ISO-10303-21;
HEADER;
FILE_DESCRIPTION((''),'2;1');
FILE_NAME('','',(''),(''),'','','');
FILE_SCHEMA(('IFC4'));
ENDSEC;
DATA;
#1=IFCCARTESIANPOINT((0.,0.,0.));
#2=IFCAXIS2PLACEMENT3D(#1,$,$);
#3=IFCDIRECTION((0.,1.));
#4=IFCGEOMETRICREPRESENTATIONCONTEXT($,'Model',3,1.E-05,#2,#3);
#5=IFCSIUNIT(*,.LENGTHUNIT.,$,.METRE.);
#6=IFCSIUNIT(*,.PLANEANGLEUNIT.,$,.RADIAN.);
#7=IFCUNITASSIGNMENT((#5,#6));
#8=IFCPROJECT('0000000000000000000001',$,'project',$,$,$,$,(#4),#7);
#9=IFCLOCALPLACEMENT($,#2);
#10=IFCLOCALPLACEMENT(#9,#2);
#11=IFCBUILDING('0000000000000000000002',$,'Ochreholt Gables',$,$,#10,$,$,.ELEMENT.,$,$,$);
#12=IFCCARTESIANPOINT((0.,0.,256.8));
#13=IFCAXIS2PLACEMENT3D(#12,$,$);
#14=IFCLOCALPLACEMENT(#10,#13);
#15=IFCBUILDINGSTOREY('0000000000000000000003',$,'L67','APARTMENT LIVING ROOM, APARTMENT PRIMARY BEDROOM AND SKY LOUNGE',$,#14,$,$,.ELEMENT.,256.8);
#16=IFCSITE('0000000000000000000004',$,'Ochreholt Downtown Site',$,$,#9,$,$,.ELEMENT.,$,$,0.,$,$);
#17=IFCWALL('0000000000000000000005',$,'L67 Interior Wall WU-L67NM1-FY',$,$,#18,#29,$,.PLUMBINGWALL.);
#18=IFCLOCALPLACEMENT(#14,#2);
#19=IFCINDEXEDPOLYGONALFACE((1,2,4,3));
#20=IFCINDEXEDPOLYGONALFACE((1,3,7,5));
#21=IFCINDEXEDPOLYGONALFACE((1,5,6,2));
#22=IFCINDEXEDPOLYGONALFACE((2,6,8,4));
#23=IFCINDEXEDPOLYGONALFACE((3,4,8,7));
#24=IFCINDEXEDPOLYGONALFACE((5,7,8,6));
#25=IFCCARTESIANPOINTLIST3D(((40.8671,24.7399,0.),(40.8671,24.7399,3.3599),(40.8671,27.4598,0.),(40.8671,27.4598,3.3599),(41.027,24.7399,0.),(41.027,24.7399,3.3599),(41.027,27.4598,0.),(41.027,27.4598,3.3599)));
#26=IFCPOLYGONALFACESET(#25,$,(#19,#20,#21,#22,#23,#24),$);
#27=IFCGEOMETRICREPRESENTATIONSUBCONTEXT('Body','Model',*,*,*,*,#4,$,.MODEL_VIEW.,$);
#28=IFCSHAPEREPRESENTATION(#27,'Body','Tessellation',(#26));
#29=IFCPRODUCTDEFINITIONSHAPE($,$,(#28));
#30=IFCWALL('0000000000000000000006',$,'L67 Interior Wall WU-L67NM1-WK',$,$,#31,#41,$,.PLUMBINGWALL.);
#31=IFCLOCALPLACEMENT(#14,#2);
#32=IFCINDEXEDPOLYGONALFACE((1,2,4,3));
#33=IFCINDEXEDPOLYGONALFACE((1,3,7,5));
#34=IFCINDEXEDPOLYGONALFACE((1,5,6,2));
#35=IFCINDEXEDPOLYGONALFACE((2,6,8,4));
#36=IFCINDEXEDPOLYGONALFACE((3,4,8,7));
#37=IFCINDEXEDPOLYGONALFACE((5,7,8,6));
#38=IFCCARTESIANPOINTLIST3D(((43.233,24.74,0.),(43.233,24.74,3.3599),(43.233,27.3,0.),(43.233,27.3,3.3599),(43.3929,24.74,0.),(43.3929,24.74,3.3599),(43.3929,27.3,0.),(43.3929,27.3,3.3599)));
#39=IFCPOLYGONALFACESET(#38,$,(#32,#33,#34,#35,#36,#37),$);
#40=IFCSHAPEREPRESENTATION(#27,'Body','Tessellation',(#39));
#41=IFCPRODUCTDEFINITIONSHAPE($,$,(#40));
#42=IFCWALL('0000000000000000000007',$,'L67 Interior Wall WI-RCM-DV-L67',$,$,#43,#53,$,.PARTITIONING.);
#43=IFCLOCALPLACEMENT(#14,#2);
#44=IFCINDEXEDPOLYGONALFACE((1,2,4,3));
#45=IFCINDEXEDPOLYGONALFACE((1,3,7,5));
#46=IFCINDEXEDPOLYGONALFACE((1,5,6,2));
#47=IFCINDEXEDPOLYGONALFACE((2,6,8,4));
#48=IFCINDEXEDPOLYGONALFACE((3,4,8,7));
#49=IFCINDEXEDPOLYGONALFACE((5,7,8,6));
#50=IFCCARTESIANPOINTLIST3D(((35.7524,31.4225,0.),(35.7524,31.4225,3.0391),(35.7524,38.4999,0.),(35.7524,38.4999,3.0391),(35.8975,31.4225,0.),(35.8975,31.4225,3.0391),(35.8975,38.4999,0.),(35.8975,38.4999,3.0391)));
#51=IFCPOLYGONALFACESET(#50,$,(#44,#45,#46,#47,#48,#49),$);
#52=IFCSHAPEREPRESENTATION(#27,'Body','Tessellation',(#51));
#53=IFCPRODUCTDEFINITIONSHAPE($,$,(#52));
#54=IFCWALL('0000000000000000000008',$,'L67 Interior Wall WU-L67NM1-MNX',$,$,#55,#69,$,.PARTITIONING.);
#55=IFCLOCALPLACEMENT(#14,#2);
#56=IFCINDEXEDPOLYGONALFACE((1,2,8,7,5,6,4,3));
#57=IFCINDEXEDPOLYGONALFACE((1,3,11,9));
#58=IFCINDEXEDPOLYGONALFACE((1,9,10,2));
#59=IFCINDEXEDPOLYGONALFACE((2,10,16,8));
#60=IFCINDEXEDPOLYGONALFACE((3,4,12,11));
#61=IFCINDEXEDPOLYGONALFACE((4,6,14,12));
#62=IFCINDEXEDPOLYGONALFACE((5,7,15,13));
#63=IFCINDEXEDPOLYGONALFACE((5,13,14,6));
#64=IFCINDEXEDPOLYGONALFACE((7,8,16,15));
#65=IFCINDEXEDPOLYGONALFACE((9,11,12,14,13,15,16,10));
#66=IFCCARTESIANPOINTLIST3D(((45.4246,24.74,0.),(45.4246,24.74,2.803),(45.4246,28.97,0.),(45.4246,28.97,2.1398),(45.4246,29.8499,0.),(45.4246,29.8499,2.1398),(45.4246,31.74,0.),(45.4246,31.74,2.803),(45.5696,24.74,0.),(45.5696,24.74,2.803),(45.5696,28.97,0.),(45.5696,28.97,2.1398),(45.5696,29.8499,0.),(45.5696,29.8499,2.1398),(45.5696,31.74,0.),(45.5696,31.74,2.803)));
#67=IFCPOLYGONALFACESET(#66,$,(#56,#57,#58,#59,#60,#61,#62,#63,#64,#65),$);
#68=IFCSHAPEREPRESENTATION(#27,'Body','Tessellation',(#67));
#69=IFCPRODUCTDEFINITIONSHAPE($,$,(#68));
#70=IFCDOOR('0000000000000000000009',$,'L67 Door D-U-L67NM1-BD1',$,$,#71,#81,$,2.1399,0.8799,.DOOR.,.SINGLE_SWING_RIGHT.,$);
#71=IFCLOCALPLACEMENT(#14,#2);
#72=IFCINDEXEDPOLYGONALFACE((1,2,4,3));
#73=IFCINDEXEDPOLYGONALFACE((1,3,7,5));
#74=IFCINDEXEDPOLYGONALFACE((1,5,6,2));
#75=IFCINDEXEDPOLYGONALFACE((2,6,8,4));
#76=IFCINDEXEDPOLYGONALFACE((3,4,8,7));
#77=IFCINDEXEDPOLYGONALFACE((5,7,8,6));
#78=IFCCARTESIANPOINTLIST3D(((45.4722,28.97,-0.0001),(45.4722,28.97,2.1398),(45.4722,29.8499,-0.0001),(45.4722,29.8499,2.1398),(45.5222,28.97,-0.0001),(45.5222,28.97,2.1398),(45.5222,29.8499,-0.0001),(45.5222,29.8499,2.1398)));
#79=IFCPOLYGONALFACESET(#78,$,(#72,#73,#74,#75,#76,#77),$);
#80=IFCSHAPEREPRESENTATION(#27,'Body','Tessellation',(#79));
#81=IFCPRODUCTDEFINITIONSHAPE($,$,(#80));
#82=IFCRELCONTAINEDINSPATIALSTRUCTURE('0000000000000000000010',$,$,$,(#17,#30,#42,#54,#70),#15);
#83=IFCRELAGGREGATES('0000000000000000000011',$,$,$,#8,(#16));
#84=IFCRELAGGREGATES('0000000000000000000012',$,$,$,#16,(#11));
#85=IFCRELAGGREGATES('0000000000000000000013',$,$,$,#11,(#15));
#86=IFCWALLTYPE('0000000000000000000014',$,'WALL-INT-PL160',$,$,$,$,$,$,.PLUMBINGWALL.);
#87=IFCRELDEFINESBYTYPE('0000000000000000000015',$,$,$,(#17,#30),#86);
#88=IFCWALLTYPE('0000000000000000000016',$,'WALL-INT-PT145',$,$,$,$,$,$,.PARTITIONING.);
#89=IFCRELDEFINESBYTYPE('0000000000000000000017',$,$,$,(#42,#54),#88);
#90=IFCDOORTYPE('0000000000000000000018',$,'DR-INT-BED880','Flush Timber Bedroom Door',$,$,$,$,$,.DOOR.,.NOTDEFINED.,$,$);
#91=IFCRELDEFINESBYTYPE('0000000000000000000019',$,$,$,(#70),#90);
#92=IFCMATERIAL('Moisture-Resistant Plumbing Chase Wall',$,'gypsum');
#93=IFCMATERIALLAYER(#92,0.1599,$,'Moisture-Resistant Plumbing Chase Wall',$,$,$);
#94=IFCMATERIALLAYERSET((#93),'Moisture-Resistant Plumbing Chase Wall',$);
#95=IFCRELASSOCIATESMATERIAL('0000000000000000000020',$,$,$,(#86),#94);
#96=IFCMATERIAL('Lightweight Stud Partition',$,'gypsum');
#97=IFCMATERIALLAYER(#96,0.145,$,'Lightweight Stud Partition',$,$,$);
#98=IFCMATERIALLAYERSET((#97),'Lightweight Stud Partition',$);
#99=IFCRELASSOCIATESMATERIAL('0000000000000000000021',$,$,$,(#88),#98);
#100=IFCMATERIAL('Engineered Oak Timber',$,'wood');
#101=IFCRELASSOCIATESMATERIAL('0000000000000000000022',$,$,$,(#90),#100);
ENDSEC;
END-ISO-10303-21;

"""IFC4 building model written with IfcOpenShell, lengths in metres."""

from ifc_helpers import new_model, si_unit, direction, frame, frame_2d, origin, place, context, subcontext, project, spatial, rectangle, extrude, material, layer, layer_set, type_object, element, fill, save


model = new_model("IFC4")

# Units and contexts
model_context = context("Model", 3, precision=1e-05, world=origin(), true_north=direction((0.0, 1.0)))
body_context = subcontext(model_context, "Body", "Model", "MODEL_VIEW")
ifc_project = project(units=[si_unit("LENGTHUNIT", "METRE"), si_unit("PLANEANGLEUNIT", "RADIAN")], contexts=[model_context])

# Site, building, storey
site_placement = place(None, origin())
site = spatial("IfcSite", under=ifc_project, at=site_placement, Name="Ochreholt Downtown Site", CompositionType="ELEMENT", RefElevation=0.0)
building_placement = place(site_placement, origin())
building = spatial("IfcBuilding", under=site, at=building_placement, Name="Ochreholt Gables", CompositionType="ELEMENT")
storey_placement = place(building_placement, frame((0.0, 0.0, 256.8)))
storey = spatial("IfcBuildingStorey", under=building, at=storey_placement, Name="L67", Description="APARTMENT LIVING ROOM, APARTMENT PRIMARY BEDROOM AND SKY LOUNGE", CompositionType="ELEMENT", Elevation=256.8)

# Shared definitions
ifc_material_1 = material(Name="Engineered Oak Timber", Category="wood")

# Shared definitions
ifc_material_2 = material(Name="Moisture-Resistant Plumbing Chase Wall", Category="gypsum")
ifc_layer_1 = layer(ifc_material_2, 0.1599, Name="Moisture-Resistant Plumbing Chase Wall")
ifc_layer_set_1 = layer_set([ifc_layer_1], Name="Moisture-Resistant Plumbing Chase Wall")
wall_type_1 = type_object("IfcWallType", Name="WALL-INT-PL160", PredefinedType="PLUMBINGWALL", material=ifc_layer_set_1)

# Walls
wall_1_placement = place(storey_placement, frame((40.947, 24.74, 0.0), z_axis=(0.0, 0.0, 1.0), x_axis=(0.0, 1.0, 0.0)))
element("IfcWall", 1, at=wall_1_placement, inside=storey, type_object=wall_type_1, Name="L67 Interior Wall WU-L67NM1-FY", PredefinedType="PLUMBINGWALL", context=body_context, shape_type="SweptSolid", body=[
    extrude(rectangle(XDim=2.72, YDim=0.1599, at=frame_2d((1.3599, 0.0))), origin(), (0.0, 0.0, 1.0), 3.3599),
])
wall_2_placement = place(storey_placement, frame((43.313, 24.74, 0.0), z_axis=(0.0, 0.0, 1.0), x_axis=(0.0, 1.0, 0.0)))
element("IfcWall", 2, at=wall_2_placement, inside=storey, type_object=wall_type_1, Name="L67 Interior Wall WU-L67NM1-WK", PredefinedType="PLUMBINGWALL", context=body_context, shape_type="SweptSolid", body=[
    extrude(rectangle(XDim=2.5601, YDim=0.1599, at=frame_2d((1.28, 0.0))), origin(), (0.0, 0.0, 1.0), 3.3599),
])
ifc_material_3 = material(Name="Lightweight Stud Partition", Category="gypsum")
ifc_layer_2 = layer(ifc_material_3, 0.145, Name="Lightweight Stud Partition")
ifc_layer_set_2 = layer_set([ifc_layer_2], Name="Lightweight Stud Partition")
wall_type_2 = type_object("IfcWallType", Name="WALL-INT-PT145", PredefinedType="PARTITIONING", material=ifc_layer_set_2)
wall_3_placement = place(storey_placement, frame((35.825, 31.4226, 0.0), z_axis=(0.0, 0.0, 1.0), x_axis=(0.0, 1.0, 0.0)))
element("IfcWall", 3, at=wall_3_placement, inside=storey, type_object=wall_type_2, Name="L67 Interior Wall WI-RCM-DV-L67", PredefinedType="PARTITIONING", context=body_context, shape_type="SweptSolid", body=[
    extrude(rectangle(XDim=7.0774, YDim=0.145, at=frame_2d((3.5386, 0.0))), origin(), (0.0, 0.0, 1.0), 3.0391),
])

# Wall, opening, door
wall_4_placement = place(storey_placement, frame((45.4971, 24.74, 0.0), z_axis=(0.0, 0.0, 1.0), x_axis=(0.0, 1.0, 0.0)))
wall_4 = element("IfcWall", 4, at=wall_4_placement, inside=storey, type_object=wall_type_2, Name="L67 Interior Wall WU-L67NM1-MNX", PredefinedType="PARTITIONING", context=body_context, shape_type="SweptSolid", body=[
    extrude(rectangle(XDim=7.0, YDim=0.145, at=frame_2d((3.5, 0.0))), origin(), (0.0, 0.0, 1.0), 2.803),
])
opening_1_placement = place(wall_4_placement, frame((4.23, 0.0, 0.0)))
opening_1 = element("IfcOpeningElement", 5, at=opening_1_placement, cuts=wall_4, PredefinedType="OPENING", context=body_context, shape_type="SweptSolid", body=[
    extrude(rectangle(XDim=0.8799, YDim=2.1399, at=frame_2d((0.4399, 1.0698))), frame((0.0, 0.0825, 0.0), z_axis=(0.0, -1.0, 0.0), x_axis=(1.0, 0.0, 0.0)), (0.0, 0.0, 1.0), 0.165),
])
door_type_1 = type_object("IfcDoorType", Name="DR-INT-BED880", Description="Flush Timber Bedroom Door", OperationType="NOTDEFINED", PredefinedType="DOOR", material=ifc_material_1)
door_1_placement = place(opening_1_placement, origin())
door_1 = element("IfcDoor", 6, at=door_1_placement, inside=storey, type_object=door_type_1, Name="L67 Door D-U-L67NM1-BD1", OperationType="SINGLE_SWING_RIGHT", OverallHeight=2.1399, OverallWidth=0.8799, PredefinedType="DOOR", context=body_context, shape_type="SweptSolid", body=[
    extrude(rectangle(XDim=0.8799, YDim=2.1399, at=frame_2d((0.4399, 1.0698))), frame((0.0, 0.0249, 0.0), z_axis=(0.0, -1.0, 0.0), x_axis=(1.0, 0.0, 0.0)), (0.0, 0.0, 1.0), 0.05),
])
fill(opening_1, door_1)

save(model, "model.ifc")
